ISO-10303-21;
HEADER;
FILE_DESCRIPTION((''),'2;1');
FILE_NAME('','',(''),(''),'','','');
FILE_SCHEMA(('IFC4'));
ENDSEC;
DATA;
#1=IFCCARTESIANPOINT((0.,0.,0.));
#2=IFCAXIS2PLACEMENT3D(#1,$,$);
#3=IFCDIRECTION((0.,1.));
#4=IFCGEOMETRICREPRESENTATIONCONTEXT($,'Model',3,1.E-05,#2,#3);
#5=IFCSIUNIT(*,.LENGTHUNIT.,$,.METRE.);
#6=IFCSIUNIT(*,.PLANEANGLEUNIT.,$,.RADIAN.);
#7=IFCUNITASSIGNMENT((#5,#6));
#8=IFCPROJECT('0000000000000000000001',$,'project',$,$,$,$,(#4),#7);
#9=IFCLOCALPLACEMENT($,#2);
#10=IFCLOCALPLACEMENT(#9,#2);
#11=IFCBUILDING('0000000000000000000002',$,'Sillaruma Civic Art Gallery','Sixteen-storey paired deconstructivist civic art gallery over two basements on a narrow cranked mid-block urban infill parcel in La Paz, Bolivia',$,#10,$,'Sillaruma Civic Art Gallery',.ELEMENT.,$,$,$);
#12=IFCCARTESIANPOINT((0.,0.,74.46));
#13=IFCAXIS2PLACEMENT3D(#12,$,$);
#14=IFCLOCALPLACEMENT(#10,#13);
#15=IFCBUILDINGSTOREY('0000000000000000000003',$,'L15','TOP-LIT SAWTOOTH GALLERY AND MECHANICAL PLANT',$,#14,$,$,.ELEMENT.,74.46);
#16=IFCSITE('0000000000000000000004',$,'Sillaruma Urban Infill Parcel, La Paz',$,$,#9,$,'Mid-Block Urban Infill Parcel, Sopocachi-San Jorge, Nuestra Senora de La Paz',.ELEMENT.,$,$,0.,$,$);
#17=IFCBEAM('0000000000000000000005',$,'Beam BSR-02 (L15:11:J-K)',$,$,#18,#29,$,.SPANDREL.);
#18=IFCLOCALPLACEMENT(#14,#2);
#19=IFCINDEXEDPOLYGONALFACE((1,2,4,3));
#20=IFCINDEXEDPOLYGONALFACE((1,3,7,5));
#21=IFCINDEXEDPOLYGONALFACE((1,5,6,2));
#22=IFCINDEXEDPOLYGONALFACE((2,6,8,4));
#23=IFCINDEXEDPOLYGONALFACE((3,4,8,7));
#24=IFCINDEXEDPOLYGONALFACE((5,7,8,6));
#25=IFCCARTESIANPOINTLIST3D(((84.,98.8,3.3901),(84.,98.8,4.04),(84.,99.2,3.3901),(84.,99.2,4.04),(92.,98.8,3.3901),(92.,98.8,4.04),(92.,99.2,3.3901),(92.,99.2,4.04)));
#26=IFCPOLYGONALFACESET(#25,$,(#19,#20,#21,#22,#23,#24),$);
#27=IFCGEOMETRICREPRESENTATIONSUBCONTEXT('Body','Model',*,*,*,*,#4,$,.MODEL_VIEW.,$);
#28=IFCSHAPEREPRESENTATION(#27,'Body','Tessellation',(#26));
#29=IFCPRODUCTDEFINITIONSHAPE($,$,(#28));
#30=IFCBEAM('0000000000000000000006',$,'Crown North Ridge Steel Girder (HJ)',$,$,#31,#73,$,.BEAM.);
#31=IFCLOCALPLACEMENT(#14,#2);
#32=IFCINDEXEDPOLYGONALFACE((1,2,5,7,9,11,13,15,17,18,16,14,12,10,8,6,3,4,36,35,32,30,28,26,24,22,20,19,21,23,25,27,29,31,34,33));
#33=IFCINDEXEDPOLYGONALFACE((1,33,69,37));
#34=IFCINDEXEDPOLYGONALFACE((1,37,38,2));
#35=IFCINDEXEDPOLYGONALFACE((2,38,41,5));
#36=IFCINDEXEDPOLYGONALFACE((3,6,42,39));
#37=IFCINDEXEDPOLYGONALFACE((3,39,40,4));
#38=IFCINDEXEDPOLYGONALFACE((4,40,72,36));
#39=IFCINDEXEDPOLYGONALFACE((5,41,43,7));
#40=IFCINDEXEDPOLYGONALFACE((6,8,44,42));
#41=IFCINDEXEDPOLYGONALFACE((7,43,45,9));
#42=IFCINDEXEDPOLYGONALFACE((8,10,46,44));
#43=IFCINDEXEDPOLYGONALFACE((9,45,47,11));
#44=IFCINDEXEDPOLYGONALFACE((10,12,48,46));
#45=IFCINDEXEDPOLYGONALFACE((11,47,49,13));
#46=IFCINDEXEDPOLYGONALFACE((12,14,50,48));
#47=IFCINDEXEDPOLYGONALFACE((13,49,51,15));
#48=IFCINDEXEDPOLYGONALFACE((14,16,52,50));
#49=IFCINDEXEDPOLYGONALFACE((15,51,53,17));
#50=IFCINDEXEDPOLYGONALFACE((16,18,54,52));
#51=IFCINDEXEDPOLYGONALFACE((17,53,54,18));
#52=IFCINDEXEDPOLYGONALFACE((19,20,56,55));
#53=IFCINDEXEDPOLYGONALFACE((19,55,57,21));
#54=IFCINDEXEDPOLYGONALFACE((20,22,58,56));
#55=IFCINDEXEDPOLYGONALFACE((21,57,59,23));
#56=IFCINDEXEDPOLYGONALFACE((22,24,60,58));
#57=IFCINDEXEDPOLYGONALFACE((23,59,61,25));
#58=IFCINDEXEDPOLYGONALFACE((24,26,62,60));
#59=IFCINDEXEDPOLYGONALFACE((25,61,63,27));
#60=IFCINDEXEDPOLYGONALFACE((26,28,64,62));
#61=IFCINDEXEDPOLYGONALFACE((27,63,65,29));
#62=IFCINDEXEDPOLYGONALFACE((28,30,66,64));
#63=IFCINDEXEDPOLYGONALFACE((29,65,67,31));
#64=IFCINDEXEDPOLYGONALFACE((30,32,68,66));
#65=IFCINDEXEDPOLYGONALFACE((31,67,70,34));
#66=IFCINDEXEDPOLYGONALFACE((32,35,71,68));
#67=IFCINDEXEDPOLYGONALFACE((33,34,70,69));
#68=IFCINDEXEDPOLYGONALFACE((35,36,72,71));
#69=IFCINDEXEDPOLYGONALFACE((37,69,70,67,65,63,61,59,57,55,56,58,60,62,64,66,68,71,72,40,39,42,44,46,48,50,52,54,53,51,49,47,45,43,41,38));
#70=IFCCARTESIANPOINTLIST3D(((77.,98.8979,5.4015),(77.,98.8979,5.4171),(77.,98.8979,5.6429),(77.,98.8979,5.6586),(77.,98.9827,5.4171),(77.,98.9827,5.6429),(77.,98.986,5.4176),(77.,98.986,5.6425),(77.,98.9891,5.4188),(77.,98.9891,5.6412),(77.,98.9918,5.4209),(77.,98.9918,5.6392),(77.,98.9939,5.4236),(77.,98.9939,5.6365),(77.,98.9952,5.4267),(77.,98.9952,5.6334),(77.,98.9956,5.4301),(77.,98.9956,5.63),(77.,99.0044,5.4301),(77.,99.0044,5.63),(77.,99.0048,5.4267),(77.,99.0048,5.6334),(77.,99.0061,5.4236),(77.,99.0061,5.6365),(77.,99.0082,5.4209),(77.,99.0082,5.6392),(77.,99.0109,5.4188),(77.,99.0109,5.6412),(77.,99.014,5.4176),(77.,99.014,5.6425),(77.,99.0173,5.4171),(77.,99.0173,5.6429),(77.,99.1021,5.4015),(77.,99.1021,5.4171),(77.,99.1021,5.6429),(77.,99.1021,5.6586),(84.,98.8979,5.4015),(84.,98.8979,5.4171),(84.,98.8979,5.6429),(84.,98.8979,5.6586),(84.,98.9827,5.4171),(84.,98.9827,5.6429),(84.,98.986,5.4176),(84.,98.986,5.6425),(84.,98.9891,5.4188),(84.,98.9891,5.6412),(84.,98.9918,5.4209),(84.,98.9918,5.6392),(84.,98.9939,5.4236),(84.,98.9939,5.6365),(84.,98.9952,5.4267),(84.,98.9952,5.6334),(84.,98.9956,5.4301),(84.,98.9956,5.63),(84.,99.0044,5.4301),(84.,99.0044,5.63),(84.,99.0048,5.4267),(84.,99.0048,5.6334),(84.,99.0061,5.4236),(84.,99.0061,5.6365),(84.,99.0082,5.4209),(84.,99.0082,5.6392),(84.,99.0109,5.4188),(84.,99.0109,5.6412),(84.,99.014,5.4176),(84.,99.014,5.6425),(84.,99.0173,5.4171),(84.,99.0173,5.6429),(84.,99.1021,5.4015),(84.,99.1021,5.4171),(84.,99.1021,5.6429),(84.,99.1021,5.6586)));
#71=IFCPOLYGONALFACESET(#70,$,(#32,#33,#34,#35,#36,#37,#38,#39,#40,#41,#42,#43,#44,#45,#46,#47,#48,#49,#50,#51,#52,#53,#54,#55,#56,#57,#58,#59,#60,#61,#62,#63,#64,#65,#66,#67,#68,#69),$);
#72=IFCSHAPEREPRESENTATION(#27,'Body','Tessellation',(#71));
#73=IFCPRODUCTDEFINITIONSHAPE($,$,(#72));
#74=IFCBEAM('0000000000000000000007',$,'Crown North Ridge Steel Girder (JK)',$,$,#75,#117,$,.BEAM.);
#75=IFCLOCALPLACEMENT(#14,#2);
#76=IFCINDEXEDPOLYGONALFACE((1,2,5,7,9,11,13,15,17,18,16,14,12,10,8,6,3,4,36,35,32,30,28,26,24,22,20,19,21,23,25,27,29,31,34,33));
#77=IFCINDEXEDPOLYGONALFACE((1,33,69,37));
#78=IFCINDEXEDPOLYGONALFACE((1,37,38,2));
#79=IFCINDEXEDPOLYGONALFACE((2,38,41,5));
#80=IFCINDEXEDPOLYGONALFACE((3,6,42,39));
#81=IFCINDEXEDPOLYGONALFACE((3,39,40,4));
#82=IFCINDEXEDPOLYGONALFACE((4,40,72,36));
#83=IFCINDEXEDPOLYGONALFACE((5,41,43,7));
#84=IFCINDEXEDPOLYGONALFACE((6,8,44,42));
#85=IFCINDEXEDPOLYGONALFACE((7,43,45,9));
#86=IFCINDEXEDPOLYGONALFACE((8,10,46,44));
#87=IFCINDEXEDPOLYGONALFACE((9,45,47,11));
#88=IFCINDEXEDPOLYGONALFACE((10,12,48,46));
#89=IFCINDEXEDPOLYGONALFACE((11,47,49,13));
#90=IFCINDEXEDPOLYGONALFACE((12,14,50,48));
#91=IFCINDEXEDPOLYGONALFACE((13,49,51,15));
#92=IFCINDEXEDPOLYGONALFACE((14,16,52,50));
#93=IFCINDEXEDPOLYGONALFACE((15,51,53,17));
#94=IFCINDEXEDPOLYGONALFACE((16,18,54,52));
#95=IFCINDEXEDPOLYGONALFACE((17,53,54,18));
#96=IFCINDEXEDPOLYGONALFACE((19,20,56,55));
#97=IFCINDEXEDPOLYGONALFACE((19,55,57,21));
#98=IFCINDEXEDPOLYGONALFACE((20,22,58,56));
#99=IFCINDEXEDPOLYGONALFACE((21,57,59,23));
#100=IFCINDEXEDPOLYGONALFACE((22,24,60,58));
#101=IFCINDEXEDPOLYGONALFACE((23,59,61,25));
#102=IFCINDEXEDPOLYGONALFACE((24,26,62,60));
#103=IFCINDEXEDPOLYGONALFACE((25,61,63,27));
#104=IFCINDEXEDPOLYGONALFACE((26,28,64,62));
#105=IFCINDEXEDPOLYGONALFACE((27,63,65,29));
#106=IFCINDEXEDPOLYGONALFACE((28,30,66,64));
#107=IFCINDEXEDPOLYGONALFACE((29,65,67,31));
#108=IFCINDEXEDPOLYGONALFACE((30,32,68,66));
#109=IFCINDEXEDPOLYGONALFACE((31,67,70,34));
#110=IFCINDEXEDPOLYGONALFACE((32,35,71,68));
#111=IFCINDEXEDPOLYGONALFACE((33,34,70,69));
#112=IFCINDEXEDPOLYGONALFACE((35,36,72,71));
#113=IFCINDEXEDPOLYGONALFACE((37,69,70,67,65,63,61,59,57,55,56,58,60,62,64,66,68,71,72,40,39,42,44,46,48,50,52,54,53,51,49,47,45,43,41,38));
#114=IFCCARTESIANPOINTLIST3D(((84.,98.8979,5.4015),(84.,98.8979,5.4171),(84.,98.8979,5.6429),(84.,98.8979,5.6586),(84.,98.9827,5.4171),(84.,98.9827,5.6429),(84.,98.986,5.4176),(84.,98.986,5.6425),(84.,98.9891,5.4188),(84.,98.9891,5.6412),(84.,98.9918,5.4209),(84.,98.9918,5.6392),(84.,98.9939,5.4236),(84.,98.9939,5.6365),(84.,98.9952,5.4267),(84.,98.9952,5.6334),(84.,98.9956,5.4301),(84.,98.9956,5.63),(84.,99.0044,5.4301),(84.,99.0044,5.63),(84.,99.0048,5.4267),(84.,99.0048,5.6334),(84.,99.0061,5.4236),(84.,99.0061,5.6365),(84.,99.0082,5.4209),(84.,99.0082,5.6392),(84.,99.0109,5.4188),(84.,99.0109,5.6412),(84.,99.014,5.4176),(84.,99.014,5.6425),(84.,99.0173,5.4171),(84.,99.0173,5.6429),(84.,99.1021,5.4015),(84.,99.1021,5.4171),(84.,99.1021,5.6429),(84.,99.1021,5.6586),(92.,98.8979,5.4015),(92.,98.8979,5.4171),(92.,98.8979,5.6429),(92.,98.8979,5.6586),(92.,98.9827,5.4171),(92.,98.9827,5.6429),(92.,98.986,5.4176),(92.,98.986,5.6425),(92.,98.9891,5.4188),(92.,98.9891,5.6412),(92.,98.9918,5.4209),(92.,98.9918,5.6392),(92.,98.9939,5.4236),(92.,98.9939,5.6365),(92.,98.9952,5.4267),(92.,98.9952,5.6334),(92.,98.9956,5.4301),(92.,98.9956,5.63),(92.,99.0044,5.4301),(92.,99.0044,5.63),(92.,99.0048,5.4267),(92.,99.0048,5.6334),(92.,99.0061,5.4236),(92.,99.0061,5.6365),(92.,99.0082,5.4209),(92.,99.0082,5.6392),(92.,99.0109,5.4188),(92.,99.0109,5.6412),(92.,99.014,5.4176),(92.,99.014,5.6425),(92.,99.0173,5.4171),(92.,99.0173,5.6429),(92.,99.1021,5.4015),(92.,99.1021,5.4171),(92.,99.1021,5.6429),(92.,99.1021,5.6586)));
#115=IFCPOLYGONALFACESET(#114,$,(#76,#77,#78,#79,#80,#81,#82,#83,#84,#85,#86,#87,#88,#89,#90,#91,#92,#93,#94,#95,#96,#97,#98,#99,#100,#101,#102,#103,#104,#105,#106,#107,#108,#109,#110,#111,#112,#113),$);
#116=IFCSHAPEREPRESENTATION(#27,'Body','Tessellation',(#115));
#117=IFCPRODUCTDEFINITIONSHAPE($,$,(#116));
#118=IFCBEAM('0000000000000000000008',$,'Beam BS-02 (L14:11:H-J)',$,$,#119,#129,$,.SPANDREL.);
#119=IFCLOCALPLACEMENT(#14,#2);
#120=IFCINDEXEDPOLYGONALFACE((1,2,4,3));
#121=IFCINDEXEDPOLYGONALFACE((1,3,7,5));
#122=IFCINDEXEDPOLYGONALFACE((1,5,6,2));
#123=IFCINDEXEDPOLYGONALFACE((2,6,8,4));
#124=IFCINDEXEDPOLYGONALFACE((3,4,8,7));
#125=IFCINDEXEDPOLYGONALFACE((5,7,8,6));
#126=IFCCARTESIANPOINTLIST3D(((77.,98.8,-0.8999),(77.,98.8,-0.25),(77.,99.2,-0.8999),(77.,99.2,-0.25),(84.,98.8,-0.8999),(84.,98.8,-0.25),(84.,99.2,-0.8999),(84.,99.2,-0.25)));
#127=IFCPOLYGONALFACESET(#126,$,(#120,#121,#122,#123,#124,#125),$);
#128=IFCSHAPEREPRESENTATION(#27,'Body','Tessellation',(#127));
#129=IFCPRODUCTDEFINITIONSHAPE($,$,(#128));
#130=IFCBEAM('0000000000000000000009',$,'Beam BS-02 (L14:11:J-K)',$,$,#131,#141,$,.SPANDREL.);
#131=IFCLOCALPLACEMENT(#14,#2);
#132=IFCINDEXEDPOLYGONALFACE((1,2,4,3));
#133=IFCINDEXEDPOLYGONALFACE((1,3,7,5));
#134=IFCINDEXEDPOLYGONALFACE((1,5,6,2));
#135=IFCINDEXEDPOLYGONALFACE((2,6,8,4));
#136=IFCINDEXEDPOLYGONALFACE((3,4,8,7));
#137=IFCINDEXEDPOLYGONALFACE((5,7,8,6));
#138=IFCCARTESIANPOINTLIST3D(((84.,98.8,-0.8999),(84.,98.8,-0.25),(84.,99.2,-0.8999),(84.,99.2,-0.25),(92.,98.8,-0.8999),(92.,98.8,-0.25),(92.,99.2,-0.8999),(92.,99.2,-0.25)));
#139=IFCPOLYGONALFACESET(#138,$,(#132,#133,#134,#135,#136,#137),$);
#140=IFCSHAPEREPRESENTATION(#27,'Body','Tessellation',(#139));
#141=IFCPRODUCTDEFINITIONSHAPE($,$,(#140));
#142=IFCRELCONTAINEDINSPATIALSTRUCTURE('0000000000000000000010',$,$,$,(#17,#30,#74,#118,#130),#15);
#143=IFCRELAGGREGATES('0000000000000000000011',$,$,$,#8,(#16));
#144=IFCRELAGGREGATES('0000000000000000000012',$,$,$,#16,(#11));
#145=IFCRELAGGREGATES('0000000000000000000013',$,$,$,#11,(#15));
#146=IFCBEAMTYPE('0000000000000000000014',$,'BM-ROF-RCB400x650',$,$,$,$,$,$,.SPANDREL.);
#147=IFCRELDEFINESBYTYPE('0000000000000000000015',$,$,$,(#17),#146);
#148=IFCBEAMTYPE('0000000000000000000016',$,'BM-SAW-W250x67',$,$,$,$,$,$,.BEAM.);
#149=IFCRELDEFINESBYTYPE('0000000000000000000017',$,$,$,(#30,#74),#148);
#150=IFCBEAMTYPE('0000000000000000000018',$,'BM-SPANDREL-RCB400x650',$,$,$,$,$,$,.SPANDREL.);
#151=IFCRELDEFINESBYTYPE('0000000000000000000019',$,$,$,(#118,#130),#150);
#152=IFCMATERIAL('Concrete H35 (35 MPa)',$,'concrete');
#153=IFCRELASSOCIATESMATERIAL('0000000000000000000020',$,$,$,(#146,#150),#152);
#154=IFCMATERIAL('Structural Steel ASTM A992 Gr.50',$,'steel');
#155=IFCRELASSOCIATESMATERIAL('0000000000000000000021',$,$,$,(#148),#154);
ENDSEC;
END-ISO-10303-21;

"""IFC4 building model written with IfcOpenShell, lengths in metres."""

from ifc_helpers import new_model, si_unit, direction, frame, origin, origin_2d, place, context, subcontext, project, spatial, rectangle, i_section, extrude, material, material_profile, profile_set, type_object, element, save


model = new_model("IFC4")

# Units and contexts
model_context = context("Model", 3, precision=1e-05, world=origin(), true_north=direction((0.0, 1.0)))
body_context = subcontext(model_context, "Body", "Model", "MODEL_VIEW")
ifc_project = project(units=[si_unit("LENGTHUNIT", "METRE"), si_unit("PLANEANGLEUNIT", "RADIAN")], contexts=[model_context])

# Site, building, storey
site_placement = place(None, origin())
site = spatial("IfcSite", under=ifc_project, at=site_placement, Name="Sillaruma Urban Infill Parcel, La Paz", LongName="Mid-Block Urban Infill Parcel, Sopocachi-San Jorge, Nuestra Senora de La Paz", CompositionType="ELEMENT", RefElevation=0.0)
building_placement = place(site_placement, origin())
building = spatial("IfcBuilding", under=site, at=building_placement, Name="Sillaruma Civic Art Gallery", Description="Sixteen-storey paired deconstructivist civic art gallery over two basements on a narrow cranked mid-block urban infill parcel in La Paz, Bolivia", LongName="Sillaruma Civic Art Gallery", CompositionType="ELEMENT")
storey_placement = place(building_placement, frame((0.0, 0.0, 74.46)))
storey = spatial("IfcBuildingStorey", under=building, at=storey_placement, Name="L15", Description="TOP-LIT SAWTOOTH GALLERY AND MECHANICAL PLANT", CompositionType="ELEMENT", Elevation=74.46)

# Beams
ifc_material_1 = material(Name="Concrete H35 (35 MPa)", Category="concrete")
ifc_material_2 = material(Name="Structural Steel ASTM A992 Gr.50", Category="steel")
ifc_material_profile_1 = material_profile(ifc_material_1, rectangle(XDim=0.3999, YDim=0.6499, at=origin_2d()), Name="RCB400x650")
ifc_profile_set_1 = profile_set([ifc_material_profile_1], Name="Concrete H35 (35 MPa)")
beam_type_1 = type_object("IfcBeamType", Name="BM-ROF-RCB400x650", PredefinedType="SPANDREL", material=ifc_profile_set_1)
beam_1_placement = place(storey_placement, frame((84.0, 99.0, 3.7151), z_axis=(1.0, 0.0, 0.0), x_axis=(0.0, 1.0, 0.0)))
element("IfcBeam", 1, at=beam_1_placement, inside=storey, type_object=beam_type_1, Name="Beam BSR-02 (L15:11:J-K)", PredefinedType="SPANDREL", context=body_context, shape_type="SweptSolid", body=[
    extrude(rectangle(XDim=0.3999, YDim=0.6499, at=origin_2d()), origin(), (0.0, 0.0, 1.0), 8.0),
])
ifc_material_profile_2 = material_profile(ifc_material_2, i_section(OverallWidth=0.2041, OverallDepth=0.2571, WebThickness=0.0088, FlangeThickness=0.0156, FilletRadius=0.0129, at=origin_2d()), Name="W250x67")
ifc_profile_set_2 = profile_set([ifc_material_profile_2], Name="Structural Steel ASTM A992 Gr.50")
beam_type_2 = type_object("IfcBeamType", Name="BM-SAW-W250x67", PredefinedType="BEAM", material=ifc_profile_set_2)
beam_2_placement = place(storey_placement, frame((77.0, 99.0, 5.53), z_axis=(1.0, 0.0, 0.0), x_axis=(0.0, 1.0, 0.0)))
element("IfcBeam", 2, at=beam_2_placement, inside=storey, type_object=beam_type_2, Name="Crown North Ridge Steel Girder (HJ)", PredefinedType="BEAM", context=body_context, shape_type="SweptSolid", body=[
    extrude(i_section(OverallWidth=0.2041, OverallDepth=0.2571, WebThickness=0.0088, FlangeThickness=0.0156, FilletRadius=0.0129, at=origin_2d()), origin(), (0.0, 0.0, 1.0), 7.0),
])
beam_3_placement = place(storey_placement, frame((84.0, 99.0, 5.53), z_axis=(1.0, 0.0, 0.0), x_axis=(0.0, 1.0, 0.0)))
element("IfcBeam", 3, at=beam_3_placement, inside=storey, type_object=beam_type_2, Name="Crown North Ridge Steel Girder (JK)", PredefinedType="BEAM", context=body_context, shape_type="SweptSolid", body=[
    extrude(i_section(OverallWidth=0.2041, OverallDepth=0.2571, WebThickness=0.0088, FlangeThickness=0.0156, FilletRadius=0.0129, at=origin_2d()), origin(), (0.0, 0.0, 1.0), 8.0),
])
ifc_material_profile_3 = material_profile(ifc_material_1, rectangle(XDim=0.3999, YDim=0.6499, at=origin_2d()), Name="RCB400x650")
ifc_profile_set_3 = profile_set([ifc_material_profile_3], Name="Concrete H35 (35 MPa)")
beam_type_3 = type_object("IfcBeamType", Name="BM-SPANDREL-RCB400x650", PredefinedType="SPANDREL", material=ifc_profile_set_3)
beam_4_placement = place(storey_placement, frame((77.0, 99.0, -0.575), z_axis=(1.0, 0.0, 0.0), x_axis=(0.0, 1.0, 0.0)))
element("IfcBeam", 4, at=beam_4_placement, inside=storey, type_object=beam_type_3, Name="Beam BS-02 (L14:11:H-J)", PredefinedType="SPANDREL", context=body_context, shape_type="SweptSolid", body=[
    extrude(rectangle(XDim=0.3999, YDim=0.6499, at=origin_2d()), origin(), (0.0, 0.0, 1.0), 7.0),
])
beam_5_placement = place(storey_placement, frame((84.0, 99.0, -0.575), z_axis=(1.0, 0.0, 0.0), x_axis=(0.0, 1.0, 0.0)))
element("IfcBeam", 5, at=beam_5_placement, inside=storey, type_object=beam_type_3, Name="Beam BS-02 (L14:11:J-K)", PredefinedType="SPANDREL", context=body_context, shape_type="SweptSolid", body=[
    extrude(rectangle(XDim=0.3999, YDim=0.6499, at=origin_2d()), origin(), (0.0, 0.0, 1.0), 8.0),
])

save(model, "model.ifc")
